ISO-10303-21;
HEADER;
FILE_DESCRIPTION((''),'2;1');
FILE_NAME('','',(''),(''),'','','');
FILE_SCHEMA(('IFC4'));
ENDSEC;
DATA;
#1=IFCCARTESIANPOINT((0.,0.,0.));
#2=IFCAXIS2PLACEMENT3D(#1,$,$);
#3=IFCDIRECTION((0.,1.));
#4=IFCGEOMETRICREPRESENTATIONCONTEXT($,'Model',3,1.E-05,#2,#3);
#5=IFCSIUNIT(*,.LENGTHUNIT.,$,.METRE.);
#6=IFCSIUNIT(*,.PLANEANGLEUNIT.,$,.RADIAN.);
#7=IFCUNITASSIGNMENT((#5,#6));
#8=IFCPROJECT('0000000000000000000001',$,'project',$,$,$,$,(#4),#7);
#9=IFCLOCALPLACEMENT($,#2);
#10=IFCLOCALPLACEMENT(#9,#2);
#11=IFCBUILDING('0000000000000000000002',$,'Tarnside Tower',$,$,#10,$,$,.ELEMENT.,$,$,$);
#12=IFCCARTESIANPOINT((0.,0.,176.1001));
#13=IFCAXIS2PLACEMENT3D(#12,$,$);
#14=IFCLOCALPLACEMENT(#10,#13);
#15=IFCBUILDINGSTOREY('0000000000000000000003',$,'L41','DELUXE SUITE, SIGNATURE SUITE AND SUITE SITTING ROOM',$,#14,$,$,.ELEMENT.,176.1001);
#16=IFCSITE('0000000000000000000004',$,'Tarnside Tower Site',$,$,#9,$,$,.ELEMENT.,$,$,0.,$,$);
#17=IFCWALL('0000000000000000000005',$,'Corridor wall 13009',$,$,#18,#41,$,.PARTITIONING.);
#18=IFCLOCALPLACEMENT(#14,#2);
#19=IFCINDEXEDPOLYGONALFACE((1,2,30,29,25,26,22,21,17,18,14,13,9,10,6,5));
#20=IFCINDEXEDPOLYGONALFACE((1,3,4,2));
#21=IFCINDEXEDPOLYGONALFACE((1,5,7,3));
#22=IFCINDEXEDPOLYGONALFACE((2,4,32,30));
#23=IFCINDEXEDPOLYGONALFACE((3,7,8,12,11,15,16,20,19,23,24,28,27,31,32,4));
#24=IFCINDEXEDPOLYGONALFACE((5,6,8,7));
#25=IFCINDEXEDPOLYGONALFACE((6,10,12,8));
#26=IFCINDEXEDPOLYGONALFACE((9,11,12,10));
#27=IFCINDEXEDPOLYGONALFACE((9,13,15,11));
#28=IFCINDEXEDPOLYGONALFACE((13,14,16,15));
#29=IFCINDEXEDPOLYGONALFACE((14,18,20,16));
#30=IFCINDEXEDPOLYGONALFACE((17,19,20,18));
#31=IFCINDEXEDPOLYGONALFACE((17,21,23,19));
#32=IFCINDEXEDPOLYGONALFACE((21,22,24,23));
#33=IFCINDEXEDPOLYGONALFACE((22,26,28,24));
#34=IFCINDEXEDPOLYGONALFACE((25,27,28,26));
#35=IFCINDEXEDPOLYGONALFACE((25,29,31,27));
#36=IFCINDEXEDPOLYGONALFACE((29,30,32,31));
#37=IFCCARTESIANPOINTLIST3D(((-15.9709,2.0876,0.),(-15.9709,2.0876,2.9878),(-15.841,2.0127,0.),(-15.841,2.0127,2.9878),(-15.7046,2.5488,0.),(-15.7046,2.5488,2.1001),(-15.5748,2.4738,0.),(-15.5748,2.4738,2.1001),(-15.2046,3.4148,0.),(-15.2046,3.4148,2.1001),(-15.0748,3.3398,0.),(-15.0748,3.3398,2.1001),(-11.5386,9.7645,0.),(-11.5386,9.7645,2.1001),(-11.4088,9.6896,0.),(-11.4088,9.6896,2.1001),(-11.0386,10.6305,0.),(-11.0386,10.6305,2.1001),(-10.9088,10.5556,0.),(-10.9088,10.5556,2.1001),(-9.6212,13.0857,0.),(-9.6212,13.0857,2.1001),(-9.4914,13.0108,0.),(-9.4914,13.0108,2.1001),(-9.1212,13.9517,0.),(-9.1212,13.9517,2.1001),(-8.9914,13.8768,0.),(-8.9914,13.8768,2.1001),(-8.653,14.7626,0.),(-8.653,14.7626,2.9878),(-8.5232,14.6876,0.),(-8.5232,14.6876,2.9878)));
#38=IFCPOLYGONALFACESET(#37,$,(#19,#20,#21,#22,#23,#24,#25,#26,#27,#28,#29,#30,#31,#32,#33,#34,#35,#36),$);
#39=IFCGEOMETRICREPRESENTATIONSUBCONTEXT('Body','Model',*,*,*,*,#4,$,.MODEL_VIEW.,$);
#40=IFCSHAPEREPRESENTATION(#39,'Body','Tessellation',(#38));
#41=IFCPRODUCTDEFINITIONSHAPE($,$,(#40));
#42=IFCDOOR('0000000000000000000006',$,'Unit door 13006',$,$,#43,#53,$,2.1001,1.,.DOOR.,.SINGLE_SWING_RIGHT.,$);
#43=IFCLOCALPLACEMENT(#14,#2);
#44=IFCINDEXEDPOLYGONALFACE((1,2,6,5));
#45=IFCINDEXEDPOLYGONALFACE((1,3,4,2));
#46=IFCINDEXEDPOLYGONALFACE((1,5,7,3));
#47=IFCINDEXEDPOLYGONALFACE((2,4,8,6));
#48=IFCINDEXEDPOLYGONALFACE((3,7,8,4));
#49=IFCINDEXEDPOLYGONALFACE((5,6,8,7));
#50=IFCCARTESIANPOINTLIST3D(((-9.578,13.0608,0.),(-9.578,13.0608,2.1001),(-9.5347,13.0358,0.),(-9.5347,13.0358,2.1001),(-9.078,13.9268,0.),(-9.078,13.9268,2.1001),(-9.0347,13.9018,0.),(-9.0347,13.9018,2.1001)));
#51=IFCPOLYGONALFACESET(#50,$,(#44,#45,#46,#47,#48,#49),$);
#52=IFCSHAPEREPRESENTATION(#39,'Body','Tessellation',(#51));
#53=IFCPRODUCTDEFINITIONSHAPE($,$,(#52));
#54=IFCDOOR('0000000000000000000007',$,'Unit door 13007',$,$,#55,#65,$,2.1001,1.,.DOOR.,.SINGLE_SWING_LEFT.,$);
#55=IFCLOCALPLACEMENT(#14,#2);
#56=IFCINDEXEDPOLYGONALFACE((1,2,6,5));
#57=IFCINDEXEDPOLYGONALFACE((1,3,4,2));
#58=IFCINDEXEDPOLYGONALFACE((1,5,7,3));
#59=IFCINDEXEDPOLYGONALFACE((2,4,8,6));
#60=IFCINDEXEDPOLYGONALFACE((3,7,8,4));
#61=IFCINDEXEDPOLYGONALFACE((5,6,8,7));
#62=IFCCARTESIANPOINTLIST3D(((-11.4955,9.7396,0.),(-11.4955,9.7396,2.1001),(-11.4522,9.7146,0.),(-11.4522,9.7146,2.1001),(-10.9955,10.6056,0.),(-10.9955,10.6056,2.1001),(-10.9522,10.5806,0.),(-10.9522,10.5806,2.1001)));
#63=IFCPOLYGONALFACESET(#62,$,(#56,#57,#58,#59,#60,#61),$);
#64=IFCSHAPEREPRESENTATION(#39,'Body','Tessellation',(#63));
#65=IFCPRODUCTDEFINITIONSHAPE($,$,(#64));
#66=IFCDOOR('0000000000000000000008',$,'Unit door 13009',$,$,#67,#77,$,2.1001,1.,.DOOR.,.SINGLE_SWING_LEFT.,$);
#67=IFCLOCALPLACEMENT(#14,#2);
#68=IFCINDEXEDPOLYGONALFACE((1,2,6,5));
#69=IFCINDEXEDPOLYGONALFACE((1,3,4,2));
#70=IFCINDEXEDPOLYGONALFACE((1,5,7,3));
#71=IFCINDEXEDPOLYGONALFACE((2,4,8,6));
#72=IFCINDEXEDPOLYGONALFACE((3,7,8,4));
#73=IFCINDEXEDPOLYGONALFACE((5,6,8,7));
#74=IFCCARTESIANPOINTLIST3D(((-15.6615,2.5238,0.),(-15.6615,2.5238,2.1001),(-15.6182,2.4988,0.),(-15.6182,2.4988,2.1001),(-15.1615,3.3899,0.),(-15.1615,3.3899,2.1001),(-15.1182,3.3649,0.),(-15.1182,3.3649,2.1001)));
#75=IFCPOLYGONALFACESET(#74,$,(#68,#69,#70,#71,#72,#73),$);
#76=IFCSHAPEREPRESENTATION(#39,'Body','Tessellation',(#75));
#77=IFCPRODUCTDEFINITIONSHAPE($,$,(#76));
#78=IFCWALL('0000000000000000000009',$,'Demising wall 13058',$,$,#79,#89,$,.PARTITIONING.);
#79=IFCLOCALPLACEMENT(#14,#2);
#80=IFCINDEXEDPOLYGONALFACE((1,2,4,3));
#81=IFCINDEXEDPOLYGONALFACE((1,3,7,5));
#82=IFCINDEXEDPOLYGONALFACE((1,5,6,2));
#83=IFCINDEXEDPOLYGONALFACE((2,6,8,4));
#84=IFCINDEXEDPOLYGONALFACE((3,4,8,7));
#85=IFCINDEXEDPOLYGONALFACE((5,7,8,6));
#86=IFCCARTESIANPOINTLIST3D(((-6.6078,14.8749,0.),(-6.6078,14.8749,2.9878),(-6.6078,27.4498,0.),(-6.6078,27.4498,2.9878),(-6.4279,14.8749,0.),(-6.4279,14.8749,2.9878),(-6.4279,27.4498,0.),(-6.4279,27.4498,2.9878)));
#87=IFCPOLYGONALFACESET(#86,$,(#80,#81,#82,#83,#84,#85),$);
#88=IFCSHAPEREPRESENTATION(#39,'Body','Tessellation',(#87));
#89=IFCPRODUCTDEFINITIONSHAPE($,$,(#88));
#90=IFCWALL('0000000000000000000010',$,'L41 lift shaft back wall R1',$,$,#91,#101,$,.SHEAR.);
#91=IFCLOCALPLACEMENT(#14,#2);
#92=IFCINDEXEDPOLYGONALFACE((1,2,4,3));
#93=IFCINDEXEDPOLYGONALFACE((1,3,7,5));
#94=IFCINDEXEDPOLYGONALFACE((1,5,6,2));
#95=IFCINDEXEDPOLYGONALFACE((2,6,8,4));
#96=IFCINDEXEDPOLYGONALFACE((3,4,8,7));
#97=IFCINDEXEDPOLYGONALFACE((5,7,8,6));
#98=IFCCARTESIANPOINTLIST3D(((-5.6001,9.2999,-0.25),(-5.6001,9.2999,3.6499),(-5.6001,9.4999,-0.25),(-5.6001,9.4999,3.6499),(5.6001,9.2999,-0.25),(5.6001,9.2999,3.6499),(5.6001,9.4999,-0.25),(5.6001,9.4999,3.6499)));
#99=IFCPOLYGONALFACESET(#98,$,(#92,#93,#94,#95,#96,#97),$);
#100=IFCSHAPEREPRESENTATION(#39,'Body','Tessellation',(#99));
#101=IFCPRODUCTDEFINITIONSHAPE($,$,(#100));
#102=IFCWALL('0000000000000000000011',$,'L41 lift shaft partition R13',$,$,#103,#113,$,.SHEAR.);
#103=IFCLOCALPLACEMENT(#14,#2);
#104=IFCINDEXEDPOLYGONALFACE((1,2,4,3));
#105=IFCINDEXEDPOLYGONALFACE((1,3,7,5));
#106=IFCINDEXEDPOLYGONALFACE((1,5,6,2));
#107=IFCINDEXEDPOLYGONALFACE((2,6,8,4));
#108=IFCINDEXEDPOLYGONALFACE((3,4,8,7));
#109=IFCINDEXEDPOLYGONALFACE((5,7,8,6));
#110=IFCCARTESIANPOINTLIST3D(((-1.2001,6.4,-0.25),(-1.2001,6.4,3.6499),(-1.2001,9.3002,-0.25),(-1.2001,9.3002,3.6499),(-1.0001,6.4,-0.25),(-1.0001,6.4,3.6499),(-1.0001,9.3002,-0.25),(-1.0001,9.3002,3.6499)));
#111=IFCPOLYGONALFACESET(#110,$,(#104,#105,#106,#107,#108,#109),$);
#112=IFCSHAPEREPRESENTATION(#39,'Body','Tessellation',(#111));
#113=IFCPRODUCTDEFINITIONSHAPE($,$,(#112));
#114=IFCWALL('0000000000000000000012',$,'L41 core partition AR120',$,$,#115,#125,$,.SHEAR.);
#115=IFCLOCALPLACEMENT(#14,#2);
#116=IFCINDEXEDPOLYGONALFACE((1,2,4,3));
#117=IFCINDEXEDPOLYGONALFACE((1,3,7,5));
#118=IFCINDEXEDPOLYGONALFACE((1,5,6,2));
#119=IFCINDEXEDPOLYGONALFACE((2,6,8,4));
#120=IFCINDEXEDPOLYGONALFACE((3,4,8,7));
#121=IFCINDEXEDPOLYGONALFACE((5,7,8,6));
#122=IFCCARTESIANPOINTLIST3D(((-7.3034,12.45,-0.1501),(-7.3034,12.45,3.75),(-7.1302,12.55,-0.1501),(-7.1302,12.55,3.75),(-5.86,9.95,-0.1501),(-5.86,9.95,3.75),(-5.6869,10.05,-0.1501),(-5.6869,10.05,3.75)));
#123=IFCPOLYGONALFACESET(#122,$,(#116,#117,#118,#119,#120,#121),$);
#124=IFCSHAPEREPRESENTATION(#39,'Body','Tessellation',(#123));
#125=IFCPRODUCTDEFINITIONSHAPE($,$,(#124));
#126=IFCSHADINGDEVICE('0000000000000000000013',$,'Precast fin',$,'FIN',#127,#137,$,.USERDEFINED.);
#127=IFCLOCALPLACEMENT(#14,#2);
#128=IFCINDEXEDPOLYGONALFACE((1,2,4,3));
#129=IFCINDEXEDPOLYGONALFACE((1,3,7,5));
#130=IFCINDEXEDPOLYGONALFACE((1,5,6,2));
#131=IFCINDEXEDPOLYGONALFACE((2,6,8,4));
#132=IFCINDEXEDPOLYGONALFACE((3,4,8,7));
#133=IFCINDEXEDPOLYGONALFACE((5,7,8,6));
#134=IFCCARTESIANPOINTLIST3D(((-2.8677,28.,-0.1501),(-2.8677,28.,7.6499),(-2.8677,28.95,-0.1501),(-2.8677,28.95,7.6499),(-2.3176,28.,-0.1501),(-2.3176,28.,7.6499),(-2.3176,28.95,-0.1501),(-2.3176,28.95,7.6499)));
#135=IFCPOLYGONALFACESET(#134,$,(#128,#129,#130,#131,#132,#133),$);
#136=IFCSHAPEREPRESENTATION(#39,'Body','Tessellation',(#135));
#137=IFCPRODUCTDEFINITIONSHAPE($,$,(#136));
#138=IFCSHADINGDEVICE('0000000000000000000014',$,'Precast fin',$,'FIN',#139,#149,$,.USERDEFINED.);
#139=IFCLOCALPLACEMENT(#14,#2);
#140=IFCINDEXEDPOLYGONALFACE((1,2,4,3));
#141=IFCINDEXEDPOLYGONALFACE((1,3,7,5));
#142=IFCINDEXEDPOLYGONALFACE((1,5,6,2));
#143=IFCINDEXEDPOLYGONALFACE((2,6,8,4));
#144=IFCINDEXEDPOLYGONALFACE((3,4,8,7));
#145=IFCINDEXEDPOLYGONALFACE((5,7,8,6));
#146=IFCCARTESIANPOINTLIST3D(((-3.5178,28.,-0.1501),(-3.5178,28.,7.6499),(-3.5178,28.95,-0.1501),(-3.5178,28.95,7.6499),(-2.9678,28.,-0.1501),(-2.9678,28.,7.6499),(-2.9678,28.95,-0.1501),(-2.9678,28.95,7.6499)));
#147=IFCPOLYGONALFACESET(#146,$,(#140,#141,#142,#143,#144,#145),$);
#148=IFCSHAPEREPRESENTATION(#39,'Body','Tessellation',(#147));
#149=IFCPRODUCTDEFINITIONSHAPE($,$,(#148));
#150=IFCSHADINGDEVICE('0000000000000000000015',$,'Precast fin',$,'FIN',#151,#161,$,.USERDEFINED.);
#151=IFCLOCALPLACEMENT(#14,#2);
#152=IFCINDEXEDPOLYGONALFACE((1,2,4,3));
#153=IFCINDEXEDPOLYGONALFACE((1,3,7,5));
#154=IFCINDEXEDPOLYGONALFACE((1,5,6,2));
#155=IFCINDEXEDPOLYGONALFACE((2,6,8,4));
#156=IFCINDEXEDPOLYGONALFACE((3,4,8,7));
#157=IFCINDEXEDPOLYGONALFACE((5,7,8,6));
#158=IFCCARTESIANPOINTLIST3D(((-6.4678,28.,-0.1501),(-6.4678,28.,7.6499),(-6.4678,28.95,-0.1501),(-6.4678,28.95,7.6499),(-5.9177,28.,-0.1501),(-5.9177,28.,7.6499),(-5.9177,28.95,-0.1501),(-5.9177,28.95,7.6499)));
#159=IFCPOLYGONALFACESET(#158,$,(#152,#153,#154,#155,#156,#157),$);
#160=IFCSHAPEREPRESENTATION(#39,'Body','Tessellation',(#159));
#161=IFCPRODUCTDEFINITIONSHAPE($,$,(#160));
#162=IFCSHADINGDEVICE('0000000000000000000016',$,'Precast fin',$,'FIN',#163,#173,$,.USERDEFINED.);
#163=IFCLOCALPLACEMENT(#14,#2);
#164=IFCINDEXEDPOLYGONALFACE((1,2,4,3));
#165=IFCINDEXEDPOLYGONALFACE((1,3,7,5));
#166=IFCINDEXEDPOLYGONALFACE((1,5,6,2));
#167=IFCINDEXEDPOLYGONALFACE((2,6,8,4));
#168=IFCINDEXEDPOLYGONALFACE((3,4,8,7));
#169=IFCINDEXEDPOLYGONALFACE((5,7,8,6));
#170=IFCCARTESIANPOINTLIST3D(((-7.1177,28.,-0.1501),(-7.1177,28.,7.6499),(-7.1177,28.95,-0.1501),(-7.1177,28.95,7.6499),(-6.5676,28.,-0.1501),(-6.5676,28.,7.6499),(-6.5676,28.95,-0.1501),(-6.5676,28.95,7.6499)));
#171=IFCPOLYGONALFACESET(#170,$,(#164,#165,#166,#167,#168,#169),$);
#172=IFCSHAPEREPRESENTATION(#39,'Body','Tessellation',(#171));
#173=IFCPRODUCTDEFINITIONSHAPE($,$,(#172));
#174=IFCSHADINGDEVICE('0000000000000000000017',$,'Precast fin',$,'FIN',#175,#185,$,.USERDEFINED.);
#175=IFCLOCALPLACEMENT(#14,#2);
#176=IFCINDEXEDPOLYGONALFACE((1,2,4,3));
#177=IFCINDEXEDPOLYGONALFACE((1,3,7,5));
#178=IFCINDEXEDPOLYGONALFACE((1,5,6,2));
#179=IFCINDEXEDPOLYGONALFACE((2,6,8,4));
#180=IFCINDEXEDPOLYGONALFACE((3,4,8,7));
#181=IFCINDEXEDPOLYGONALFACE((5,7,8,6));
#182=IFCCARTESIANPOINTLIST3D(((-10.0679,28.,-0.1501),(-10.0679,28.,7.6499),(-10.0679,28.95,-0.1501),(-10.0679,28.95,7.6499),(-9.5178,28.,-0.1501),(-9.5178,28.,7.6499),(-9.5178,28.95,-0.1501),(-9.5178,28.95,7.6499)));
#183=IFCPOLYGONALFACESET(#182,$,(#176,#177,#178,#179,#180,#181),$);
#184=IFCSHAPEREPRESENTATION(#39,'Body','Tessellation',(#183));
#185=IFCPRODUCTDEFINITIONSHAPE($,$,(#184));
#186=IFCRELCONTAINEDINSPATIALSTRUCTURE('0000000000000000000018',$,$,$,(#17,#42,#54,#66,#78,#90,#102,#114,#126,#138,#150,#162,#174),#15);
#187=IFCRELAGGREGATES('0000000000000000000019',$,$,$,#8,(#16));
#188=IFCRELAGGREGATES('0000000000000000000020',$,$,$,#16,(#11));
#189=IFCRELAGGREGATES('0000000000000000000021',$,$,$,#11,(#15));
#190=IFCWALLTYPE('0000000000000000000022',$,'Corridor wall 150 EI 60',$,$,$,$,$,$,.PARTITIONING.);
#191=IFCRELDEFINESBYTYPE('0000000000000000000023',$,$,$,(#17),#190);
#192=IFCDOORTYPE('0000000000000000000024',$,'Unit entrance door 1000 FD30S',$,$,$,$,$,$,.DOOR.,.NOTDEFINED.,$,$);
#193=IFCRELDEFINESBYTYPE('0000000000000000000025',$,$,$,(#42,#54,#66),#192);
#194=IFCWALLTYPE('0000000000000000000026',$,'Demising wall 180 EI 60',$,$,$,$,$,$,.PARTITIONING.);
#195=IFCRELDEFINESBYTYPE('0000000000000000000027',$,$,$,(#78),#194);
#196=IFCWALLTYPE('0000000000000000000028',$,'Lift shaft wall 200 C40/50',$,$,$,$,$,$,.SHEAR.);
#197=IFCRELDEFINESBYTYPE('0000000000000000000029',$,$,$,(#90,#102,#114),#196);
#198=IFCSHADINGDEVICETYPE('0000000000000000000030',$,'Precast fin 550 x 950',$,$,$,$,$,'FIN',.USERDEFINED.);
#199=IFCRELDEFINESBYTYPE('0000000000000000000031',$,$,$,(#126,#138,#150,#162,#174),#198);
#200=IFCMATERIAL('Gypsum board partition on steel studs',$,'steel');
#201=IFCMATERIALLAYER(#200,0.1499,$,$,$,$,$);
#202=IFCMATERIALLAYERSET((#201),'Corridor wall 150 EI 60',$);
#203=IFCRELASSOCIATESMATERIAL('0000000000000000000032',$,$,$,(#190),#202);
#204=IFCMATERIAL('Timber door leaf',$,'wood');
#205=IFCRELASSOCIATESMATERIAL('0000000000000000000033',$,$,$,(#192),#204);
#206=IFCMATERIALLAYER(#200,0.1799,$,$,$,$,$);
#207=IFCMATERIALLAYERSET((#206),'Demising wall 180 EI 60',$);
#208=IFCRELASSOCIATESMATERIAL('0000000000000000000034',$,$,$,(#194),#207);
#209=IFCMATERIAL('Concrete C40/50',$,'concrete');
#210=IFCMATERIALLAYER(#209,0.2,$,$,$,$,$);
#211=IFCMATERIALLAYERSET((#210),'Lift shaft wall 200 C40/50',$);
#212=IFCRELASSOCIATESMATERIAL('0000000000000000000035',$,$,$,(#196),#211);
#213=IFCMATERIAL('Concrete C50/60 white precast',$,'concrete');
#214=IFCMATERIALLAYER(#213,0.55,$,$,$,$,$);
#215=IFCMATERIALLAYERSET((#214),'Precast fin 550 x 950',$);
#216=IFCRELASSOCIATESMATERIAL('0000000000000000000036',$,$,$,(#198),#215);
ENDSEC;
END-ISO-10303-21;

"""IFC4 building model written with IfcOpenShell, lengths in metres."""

from ifc_helpers import new_model, si_unit, direction, frame, frame_2d, origin, place, context, subcontext, project, spatial, polyline, rectangle, outline, extrude, material, layer, layer_set, type_object, element, fill, save


model = new_model("IFC4")

# Units and contexts
model_context = context("Model", 3, precision=1e-05, world=origin(), true_north=direction((0.0, 1.0)))
body_context = subcontext(model_context, "Body", "Model", "MODEL_VIEW")
ifc_project = project(units=[si_unit("LENGTHUNIT", "METRE"), si_unit("PLANEANGLEUNIT", "RADIAN")], contexts=[model_context])

# Site, building, storey
site_placement = place(None, origin())
site = spatial("IfcSite", under=ifc_project, at=site_placement, Name="Tarnside Tower Site", CompositionType="ELEMENT", RefElevation=0.0)
building_placement = place(site_placement, origin())
building = spatial("IfcBuilding", under=site, at=building_placement, Name="Tarnside Tower", CompositionType="ELEMENT")
storey_placement = place(building_placement, frame((0.0, 0.0, 176.1001)))
storey = spatial("IfcBuildingStorey", under=building, at=storey_placement, Name="L41", Description="DELUXE SUITE, SIGNATURE SUITE AND SUITE SITTING ROOM", CompositionType="ELEMENT", Elevation=176.1001)

# Shared definitions
ifc_material_1 = material(Name="Gypsum board partition on steel studs", Category="steel")

# Shared definitions
ifc_material_2 = material(Name="Timber door leaf", Category="wood")

# Wall, openings, doors
ifc_layer_1 = layer(ifc_material_1, 0.1499)
ifc_layer_set_1 = layer_set([ifc_layer_1], Name="Corridor wall 150 EI 60")
wall_type_1 = type_object("IfcWallType", Name="Corridor wall 150 EI 60", PredefinedType="PARTITIONING", material=ifc_layer_set_1)
wall_1_placement = place(storey_placement, frame((-8.5881, 14.7251, 0.0), z_axis=(0.0, 0.0, 1.0), x_axis=(-0.499996, -0.866028, 0.0)))
wall_1 = element("IfcWall", 1, at=wall_1_placement, inside=storey, type_object=wall_type_1, Name="Corridor wall 13009", PredefinedType="PARTITIONING", context=body_context, shape_type="SweptSolid", body=[
    extrude(rectangle(XDim=14.6357, YDim=0.1499, at=frame_2d((7.3179, 0.0))), origin(), (0.0, 0.0, 1.0), 2.9878),
])
opening_1_placement = place(wall_1_placement, frame((0.9363, 0.0, 0.0)))
opening_1 = element("IfcOpeningElement", 2, at=opening_1_placement, cuts=wall_1, PredefinedType="OPENING", context=body_context, shape_type="SweptSolid", body=[
    extrude(rectangle(XDim=1.0, YDim=2.1001, at=frame_2d((0.5, 1.05))), frame((0.0, 0.085, 0.0), z_axis=(0.0, -1.0, 0.0), x_axis=(1.0, 0.0, 0.0)), (0.0, 0.0, 1.0), 0.1699),
])
opening_2_placement = place(wall_1_placement, frame((4.7712, 0.0, 0.0)))
opening_2 = element("IfcOpeningElement", 3, at=opening_2_placement, cuts=wall_1, PredefinedType="OPENING", context=body_context, shape_type="SweptSolid", body=[
    extrude(rectangle(XDim=1.0, YDim=2.1001, at=frame_2d((0.5, 1.05))), frame((0.0, 0.085, 0.0), z_axis=(0.0, -1.0, 0.0), x_axis=(1.0, 0.0, 0.0)), (0.0, 0.0, 1.0), 0.1699),
])
opening_3_placement = place(wall_1_placement, frame((13.1033, 0.0, 0.0)))
opening_3 = element("IfcOpeningElement", 4, at=opening_3_placement, cuts=wall_1, PredefinedType="OPENING", context=body_context, shape_type="SweptSolid", body=[
    extrude(rectangle(XDim=1.0, YDim=2.1001, at=frame_2d((0.5, 1.05))), frame((0.0, 0.085, 0.0), z_axis=(0.0, -1.0, 0.0), x_axis=(1.0, 0.0, 0.0)), (0.0, 0.0, 1.0), 0.1699),
])
door_type_1 = type_object("IfcDoorType", Name="Unit entrance door 1000 FD30S", OperationType="NOTDEFINED", PredefinedType="DOOR", material=ifc_material_2)
door_1_placement = place(opening_1_placement, origin())
door_1 = element("IfcDoor", 5, at=door_1_placement, inside=storey, type_object=door_type_1, Name="Unit door 13006", OperationType="SINGLE_SWING_RIGHT", OverallHeight=2.1001, OverallWidth=1.0, PredefinedType="DOOR", context=body_context, shape_type="SweptSolid", body=[
    extrude(rectangle(XDim=1.0, YDim=2.1001, at=frame_2d((0.5, 1.05))), frame((0.0, 0.0249, 0.0), z_axis=(0.0, -1.0, 0.0), x_axis=(1.0, 0.0, 0.0)), (0.0, 0.0, 1.0), 0.05),
])
fill(opening_1, door_1)
door_2_placement = place(opening_2_placement, origin())
door_2 = element("IfcDoor", 6, at=door_2_placement, inside=storey, type_object=door_type_1, Name="Unit door 13007", OperationType="SINGLE_SWING_LEFT", OverallHeight=2.1001, OverallWidth=1.0, PredefinedType="DOOR", context=body_context, shape_type="SweptSolid", body=[
    extrude(rectangle(XDim=1.0, YDim=2.1001, at=frame_2d((0.5, 1.05))), frame((0.0, 0.0249, 0.0), z_axis=(0.0, -1.0, 0.0), x_axis=(1.0, 0.0, 0.0)), (0.0, 0.0, 1.0), 0.05),
])
fill(opening_2, door_2)
door_3_placement = place(opening_3_placement, origin())
door_3 = element("IfcDoor", 7, at=door_3_placement, inside=storey, type_object=door_type_1, Name="Unit door 13009", OperationType="SINGLE_SWING_LEFT", OverallHeight=2.1001, OverallWidth=1.0, PredefinedType="DOOR", context=body_context, shape_type="SweptSolid", body=[
    extrude(rectangle(XDim=1.0, YDim=2.1001, at=frame_2d((0.5, 1.05))), frame((0.0, 0.0249, 0.0), z_axis=(0.0, -1.0, 0.0), x_axis=(1.0, 0.0, 0.0)), (0.0, 0.0, 1.0), 0.05),
])
fill(opening_3, door_3)

# Walls
ifc_layer_2 = layer(ifc_material_1, 0.1799)
ifc_layer_set_2 = layer_set([ifc_layer_2], Name="Demising wall 180 EI 60")
wall_type_2 = type_object("IfcWallType", Name="Demising wall 180 EI 60", PredefinedType="PARTITIONING", material=ifc_layer_set_2)
wall_2_placement = place(storey_placement, frame((-6.5178, 27.45, 0.0), z_axis=(0.0, 0.0, 1.0), x_axis=(0.0, -1.0, 0.0)))
element("IfcWall", 8, at=wall_2_placement, inside=storey, type_object=wall_type_2, Name="Demising wall 13058", PredefinedType="PARTITIONING", context=body_context, shape_type="SweptSolid", body=[
    extrude(rectangle(XDim=12.575, YDim=0.1799, at=frame_2d((6.2876, 0.0))), origin(), (0.0, 0.0, 1.0), 2.9878),
])
ifc_material_3 = material(Name="Concrete C40/50", Category="concrete")
ifc_layer_3 = layer(ifc_material_3, 0.2)
ifc_layer_set_3 = layer_set([ifc_layer_3], Name="Lift shaft wall 200 C40/50")
wall_type_3 = type_object("IfcWallType", Name="Lift shaft wall 200 C40/50", PredefinedType="SHEAR", material=ifc_layer_set_3)
wall_3_placement = place(storey_placement, frame((-5.6001, 9.3999, -0.25), z_axis=(0.0, 0.0, 1.0), x_axis=(1.0, 0.0, 0.0)))
element("IfcWall", 9, at=wall_3_placement, inside=storey, type_object=wall_type_3, Name="L41 lift shaft back wall R1", PredefinedType="SHEAR", context=body_context, shape_type="SweptSolid", body=[
    extrude(rectangle(XDim=11.2002, YDim=0.2, at=frame_2d((5.6001, 0.0))), origin(), (0.0, 0.0, 1.0), 3.8999),
])
wall_4_placement = place(storey_placement, frame((-1.1001, 6.3999, -0.25), z_axis=(0.0, 0.0, 1.0), x_axis=(0.0, 1.0, 0.0)))
element("IfcWall", 10, at=wall_4_placement, inside=storey, type_object=wall_type_3, Name="L41 lift shaft partition R13", PredefinedType="SHEAR", context=body_context, shape_type="SweptSolid", body=[
    extrude(rectangle(XDim=2.9001, YDim=0.2, at=frame_2d((1.4502, 0.0))), origin(), (0.0, 0.0, 1.0), 3.8999),
])
wall_5_placement = place(storey_placement, frame((-5.7734, 10.0, -0.1501), z_axis=(0.0, 0.0, 1.0), x_axis=(-0.499996, 0.866028, 0.0)))
element("IfcWall", 11, at=wall_5_placement, inside=storey, type_object=wall_type_3, Name="L41 core partition AR120", PredefinedType="SHEAR", context=body_context, shape_type="SweptSolid", body=[
    extrude(rectangle(XDim=2.8867, YDim=0.2, at=frame_2d((1.4434, 0.0))), origin(), (0.0, 0.0, 1.0), 3.9001),
])

# Shading devices
ifc_material_4 = material(Name="Concrete C50/60 white precast", Category="concrete")
ifc_layer_4 = layer(ifc_material_4, 0.55)
ifc_layer_set_4 = layer_set([ifc_layer_4], Name="Precast fin 550 x 950")
shading_device_type = type_object("IfcShadingDeviceType", Name="Precast fin 550 x 950", ElementType="FIN", PredefinedType="USERDEFINED", material=ifc_layer_set_4)
for number, where, z_axis, x_axis, name in (
    (12, (-2.5928, 28.0, -0.1501), (1.0, 0.0, 0.0), (0.0, 1.0, 0.0), "Precast fin"),
    (13, (-3.2429, 28.0, -0.1501), (1.0, 0.0, 0.0), (0.0, 1.0, 0.0), "Precast fin"),
    (14, (-6.1929, 28.0, -0.1501), (1.0, 0.0, 0.0), (0.0, 1.0, 0.0), "Precast fin"),
    (15, (-6.8428, 28.0, -0.1501), (1.0, 0.0, 0.0), (0.0, 1.0, 0.0), "Precast fin"),
    (16, (-9.793, 28.0, -0.1501), (1.0, 0.0, 0.0), (0.0, 1.0, 0.0), "Precast fin"),
):
    element("IfcShadingDevice", number, at=place(storey_placement, frame(where, z_axis=z_axis, x_axis=x_axis)), inside=storey, type_object=shading_device_type, Name=name, ObjectType="FIN", PredefinedType="USERDEFINED", context=body_context, shape_type="SweptSolid", body=[
        extrude(outline(polyline([(0.0, 0.0), (0.95, 0.0), (0.95, 7.8), (0.0, 7.8), (0.0, 0.0)])), frame((0.0, 0.0, -0.2749)), (0.0, 0.0, 1.0), 0.55),
    ])

save(model, "model.ifc")
